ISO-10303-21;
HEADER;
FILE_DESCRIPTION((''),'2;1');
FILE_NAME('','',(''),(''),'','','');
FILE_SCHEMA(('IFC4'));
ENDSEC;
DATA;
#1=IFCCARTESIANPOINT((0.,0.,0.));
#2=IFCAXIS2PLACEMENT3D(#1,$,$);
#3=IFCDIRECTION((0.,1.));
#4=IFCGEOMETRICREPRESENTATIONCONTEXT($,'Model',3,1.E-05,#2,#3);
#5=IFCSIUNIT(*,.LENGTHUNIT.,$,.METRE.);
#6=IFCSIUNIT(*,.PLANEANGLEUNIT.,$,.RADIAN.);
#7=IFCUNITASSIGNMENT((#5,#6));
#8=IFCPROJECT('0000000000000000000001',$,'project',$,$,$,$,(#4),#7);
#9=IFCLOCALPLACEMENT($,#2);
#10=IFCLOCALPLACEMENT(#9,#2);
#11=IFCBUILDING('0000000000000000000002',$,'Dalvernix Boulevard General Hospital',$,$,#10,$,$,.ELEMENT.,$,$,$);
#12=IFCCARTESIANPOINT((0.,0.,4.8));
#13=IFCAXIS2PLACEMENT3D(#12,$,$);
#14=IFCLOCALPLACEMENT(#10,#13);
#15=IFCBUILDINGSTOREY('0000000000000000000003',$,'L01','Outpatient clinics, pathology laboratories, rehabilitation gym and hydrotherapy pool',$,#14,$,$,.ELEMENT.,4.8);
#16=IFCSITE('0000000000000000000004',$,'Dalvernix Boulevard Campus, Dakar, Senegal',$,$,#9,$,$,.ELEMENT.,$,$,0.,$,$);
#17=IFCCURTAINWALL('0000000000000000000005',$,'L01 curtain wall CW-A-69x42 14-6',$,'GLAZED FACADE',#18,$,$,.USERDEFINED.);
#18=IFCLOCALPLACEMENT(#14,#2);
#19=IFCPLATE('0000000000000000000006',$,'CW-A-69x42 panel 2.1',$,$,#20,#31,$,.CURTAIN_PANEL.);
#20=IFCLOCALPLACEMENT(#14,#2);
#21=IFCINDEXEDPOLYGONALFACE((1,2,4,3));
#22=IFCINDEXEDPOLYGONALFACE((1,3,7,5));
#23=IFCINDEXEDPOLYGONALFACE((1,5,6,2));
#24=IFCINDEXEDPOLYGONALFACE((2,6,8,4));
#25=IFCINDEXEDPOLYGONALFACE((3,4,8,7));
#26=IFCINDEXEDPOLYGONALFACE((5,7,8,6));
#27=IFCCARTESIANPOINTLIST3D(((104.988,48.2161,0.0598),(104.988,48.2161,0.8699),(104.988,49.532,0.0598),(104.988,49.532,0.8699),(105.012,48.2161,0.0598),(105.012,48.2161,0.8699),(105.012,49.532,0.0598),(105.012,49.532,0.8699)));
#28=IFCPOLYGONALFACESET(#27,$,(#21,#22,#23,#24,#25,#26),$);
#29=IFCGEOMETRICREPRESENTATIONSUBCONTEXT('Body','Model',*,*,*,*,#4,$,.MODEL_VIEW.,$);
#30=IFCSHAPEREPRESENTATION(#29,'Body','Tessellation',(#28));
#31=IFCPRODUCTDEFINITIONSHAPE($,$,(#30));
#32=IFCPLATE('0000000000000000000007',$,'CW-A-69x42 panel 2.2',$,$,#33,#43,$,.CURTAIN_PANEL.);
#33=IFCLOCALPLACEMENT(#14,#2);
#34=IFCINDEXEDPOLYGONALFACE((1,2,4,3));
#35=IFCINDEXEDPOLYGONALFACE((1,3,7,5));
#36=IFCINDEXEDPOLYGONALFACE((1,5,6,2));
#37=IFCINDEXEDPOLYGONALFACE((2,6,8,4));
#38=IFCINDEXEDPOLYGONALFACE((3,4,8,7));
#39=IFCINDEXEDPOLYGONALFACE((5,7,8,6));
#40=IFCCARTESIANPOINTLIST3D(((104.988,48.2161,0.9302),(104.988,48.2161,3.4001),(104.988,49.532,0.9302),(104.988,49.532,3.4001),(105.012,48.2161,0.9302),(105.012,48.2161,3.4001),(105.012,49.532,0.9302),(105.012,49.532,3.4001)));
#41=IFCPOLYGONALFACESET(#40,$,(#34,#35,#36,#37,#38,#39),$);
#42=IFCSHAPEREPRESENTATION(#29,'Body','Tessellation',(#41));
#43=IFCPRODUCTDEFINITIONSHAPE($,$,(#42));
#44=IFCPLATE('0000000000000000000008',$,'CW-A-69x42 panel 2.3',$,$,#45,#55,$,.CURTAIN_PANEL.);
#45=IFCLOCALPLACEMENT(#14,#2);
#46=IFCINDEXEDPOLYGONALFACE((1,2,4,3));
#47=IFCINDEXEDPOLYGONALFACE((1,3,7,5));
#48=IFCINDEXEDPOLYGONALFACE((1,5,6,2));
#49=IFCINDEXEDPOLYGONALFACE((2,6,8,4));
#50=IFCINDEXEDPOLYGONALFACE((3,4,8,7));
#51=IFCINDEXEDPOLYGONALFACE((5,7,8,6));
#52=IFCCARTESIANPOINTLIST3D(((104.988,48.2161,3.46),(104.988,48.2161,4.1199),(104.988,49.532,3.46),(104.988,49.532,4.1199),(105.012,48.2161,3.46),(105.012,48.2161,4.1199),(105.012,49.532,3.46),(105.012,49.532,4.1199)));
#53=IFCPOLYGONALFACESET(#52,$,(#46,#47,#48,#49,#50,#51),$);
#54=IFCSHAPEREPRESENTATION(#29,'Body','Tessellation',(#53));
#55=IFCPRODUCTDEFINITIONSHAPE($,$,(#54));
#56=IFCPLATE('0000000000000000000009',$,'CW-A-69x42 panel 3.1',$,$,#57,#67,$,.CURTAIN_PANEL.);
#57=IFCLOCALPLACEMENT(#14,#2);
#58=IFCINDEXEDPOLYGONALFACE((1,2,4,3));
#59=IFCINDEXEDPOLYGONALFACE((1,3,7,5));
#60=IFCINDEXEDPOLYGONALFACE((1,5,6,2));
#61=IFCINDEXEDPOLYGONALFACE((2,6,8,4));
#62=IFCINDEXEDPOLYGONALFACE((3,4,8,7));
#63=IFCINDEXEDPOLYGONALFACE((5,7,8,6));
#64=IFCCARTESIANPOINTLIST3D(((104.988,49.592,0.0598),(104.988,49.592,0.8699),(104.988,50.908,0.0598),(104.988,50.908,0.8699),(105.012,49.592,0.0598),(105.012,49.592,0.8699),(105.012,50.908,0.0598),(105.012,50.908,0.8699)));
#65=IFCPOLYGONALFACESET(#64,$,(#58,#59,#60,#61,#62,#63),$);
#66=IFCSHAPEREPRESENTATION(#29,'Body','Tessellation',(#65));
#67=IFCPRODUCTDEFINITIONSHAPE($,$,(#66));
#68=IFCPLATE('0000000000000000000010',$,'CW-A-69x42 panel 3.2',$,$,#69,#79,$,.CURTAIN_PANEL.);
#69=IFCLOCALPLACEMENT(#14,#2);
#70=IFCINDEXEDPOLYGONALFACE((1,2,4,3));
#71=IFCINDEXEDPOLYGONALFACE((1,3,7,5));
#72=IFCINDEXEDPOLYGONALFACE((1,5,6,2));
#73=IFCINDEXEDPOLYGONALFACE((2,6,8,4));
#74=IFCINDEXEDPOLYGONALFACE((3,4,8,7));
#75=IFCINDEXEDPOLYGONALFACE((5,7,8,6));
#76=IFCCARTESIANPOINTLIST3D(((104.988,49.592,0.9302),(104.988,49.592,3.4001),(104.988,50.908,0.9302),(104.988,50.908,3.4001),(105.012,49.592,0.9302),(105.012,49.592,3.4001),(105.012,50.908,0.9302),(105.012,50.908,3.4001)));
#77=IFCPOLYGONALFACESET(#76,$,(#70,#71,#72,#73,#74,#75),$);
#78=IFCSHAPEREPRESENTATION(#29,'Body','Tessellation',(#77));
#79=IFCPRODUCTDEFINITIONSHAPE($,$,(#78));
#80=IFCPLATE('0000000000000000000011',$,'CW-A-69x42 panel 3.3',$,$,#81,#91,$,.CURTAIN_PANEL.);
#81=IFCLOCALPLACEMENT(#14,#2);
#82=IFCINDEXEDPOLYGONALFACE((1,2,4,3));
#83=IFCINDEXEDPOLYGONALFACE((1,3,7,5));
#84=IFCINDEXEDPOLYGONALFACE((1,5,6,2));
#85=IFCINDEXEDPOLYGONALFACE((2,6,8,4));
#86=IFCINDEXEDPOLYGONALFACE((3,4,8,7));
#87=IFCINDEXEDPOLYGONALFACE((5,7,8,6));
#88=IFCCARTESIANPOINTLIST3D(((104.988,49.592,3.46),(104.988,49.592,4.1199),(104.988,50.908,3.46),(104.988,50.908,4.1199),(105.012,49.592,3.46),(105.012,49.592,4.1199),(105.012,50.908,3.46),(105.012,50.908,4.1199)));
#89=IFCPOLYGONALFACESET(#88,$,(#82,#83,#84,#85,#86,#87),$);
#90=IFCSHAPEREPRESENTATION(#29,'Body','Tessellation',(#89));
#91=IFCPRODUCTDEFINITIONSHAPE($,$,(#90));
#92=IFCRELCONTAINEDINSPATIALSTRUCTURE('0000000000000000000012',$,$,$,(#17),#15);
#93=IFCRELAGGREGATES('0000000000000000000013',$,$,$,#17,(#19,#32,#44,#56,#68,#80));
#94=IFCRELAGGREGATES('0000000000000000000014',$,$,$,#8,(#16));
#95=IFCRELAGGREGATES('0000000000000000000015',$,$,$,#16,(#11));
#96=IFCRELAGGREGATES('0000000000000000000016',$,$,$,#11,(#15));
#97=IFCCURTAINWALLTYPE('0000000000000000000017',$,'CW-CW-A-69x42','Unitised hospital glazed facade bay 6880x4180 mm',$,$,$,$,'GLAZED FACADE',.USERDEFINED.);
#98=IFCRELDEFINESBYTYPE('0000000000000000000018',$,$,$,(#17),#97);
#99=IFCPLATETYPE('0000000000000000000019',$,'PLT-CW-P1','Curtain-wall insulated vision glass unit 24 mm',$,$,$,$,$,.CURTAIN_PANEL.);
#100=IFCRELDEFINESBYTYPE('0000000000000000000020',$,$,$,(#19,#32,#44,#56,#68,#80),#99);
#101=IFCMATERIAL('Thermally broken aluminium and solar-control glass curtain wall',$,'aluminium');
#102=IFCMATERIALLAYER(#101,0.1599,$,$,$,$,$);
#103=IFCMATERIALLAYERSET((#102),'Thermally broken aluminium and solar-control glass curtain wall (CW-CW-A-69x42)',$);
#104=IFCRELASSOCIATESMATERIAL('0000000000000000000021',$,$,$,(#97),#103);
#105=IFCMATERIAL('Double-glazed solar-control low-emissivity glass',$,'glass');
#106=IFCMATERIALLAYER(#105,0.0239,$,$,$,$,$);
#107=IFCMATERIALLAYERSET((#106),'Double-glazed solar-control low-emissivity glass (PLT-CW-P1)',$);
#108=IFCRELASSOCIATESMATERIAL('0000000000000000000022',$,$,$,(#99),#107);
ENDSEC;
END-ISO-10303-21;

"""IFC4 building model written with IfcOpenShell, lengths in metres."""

from ifc_helpers import new_model, si_unit, direction, frame, origin, origin_2d, place, context, subcontext, project, spatial, rectangle, extrude, material, layer, layer_set, type_object, element, aggregate, save


model = new_model("IFC4")

# Units and contexts
model_context = context("Model", 3, precision=1e-05, world=origin(), true_north=direction((0.0, 1.0)))
body_context = subcontext(model_context, "Body", "Model", "MODEL_VIEW")
ifc_project = project(units=[si_unit("LENGTHUNIT", "METRE"), si_unit("PLANEANGLEUNIT", "RADIAN")], contexts=[model_context])

# Site, building, storey
site_placement = place(None, origin())
site = spatial("IfcSite", under=ifc_project, at=site_placement, Name="Dalvernix Boulevard Campus, Dakar, Senegal", CompositionType="ELEMENT", RefElevation=0.0)
building_placement = place(site_placement, origin())
building = spatial("IfcBuilding", under=site, at=building_placement, Name="Dalvernix Boulevard General Hospital", CompositionType="ELEMENT")
storey_placement = place(building_placement, frame((0.0, 0.0, 4.8)))
storey = spatial("IfcBuildingStorey", under=building, at=storey_placement, Name="L01", Description="Outpatient clinics, pathology laboratories, rehabilitation gym and hydrotherapy pool", CompositionType="ELEMENT", Elevation=4.8)

# Curtain wall, plates
ifc_material_1 = material(Name="Thermally broken aluminium and solar-control glass curtain wall", Category="aluminium")
ifc_layer_1 = layer(ifc_material_1, 0.1599)
ifc_layer_set_1 = layer_set([ifc_layer_1], Name="Thermally broken aluminium and solar-control glass curtain wall (CW-CW-A-69x42)")
curtain_wall_type = type_object("IfcCurtainWallType", Name="CW-CW-A-69x42", Description="Unitised hospital glazed facade bay 6880x4180 mm", ElementType="GLAZED FACADE", PredefinedType="USERDEFINED", material=ifc_layer_set_1)
curtain_wall_placement = place(storey_placement, origin())
curtain_wall = element("IfcCurtainWall", 1, at=curtain_wall_placement, inside=storey, type_object=curtain_wall_type, Name="L01 curtain wall CW-A-69x42 14-6", ObjectType="GLAZED FACADE", PredefinedType="USERDEFINED")
ifc_material_2 = material(Name="Double-glazed solar-control low-emissivity glass", Category="glass")
ifc_layer_2 = layer(ifc_material_2, 0.0239)
ifc_layer_set_2 = layer_set([ifc_layer_2], Name="Double-glazed solar-control low-emissivity glass (PLT-CW-P1)")
plate_type = type_object("IfcPlateType", Name="PLT-CW-P1", Description="Curtain-wall insulated vision glass unit 24 mm", PredefinedType="CURTAIN_PANEL", material=ifc_layer_set_2)
plate_1_placement = place(storey_placement, frame((105.0, 48.874, 0.0598), z_axis=(0.0, 0.0, 1.0), x_axis=(0.0, 1.0, 0.0)))
plate_1 = element("IfcPlate", 2, at=plate_1_placement, type_object=plate_type, Name="CW-A-69x42 panel 2.1", PredefinedType="CURTAIN_PANEL", context=body_context, shape_type="SweptSolid", body=[
    extrude(rectangle(XDim=1.3159, YDim=0.0239, at=origin_2d()), origin(), (0.0, 0.0, 1.0), 0.8101),
])
plate_2_placement = place(storey_placement, frame((105.0, 48.874, 0.9302), z_axis=(0.0, 0.0, 1.0), x_axis=(0.0, 1.0, 0.0)))
plate_2 = element("IfcPlate", 3, at=plate_2_placement, type_object=plate_type, Name="CW-A-69x42 panel 2.2", PredefinedType="CURTAIN_PANEL", context=body_context, shape_type="SweptSolid", body=[
    extrude(rectangle(XDim=1.3159, YDim=0.0239, at=origin_2d()), origin(), (0.0, 0.0, 1.0), 2.47),
])
plate_3_placement = place(storey_placement, frame((105.0, 48.874, 3.46), z_axis=(0.0, 0.0, 1.0), x_axis=(0.0, 1.0, 0.0)))
plate_3 = element("IfcPlate", 4, at=plate_3_placement, type_object=plate_type, Name="CW-A-69x42 panel 2.3", PredefinedType="CURTAIN_PANEL", context=body_context, shape_type="SweptSolid", body=[
    extrude(rectangle(XDim=1.3159, YDim=0.0239, at=origin_2d()), origin(), (0.0, 0.0, 1.0), 0.6599),
])
plate_4_placement = place(storey_placement, frame((105.0, 50.25, 0.0598), z_axis=(0.0, 0.0, 1.0), x_axis=(0.0, 1.0, 0.0)))
plate_4 = element("IfcPlate", 5, at=plate_4_placement, type_object=plate_type, Name="CW-A-69x42 panel 3.1", PredefinedType="CURTAIN_PANEL", context=body_context, shape_type="SweptSolid", body=[
    extrude(rectangle(XDim=1.3159, YDim=0.0239, at=origin_2d()), origin(), (0.0, 0.0, 1.0), 0.8101),
])
plate_5_placement = place(storey_placement, frame((105.0, 50.25, 0.9302), z_axis=(0.0, 0.0, 1.0), x_axis=(0.0, 1.0, 0.0)))
plate_5 = element("IfcPlate", 6, at=plate_5_placement, type_object=plate_type, Name="CW-A-69x42 panel 3.2", PredefinedType="CURTAIN_PANEL", context=body_context, shape_type="SweptSolid", body=[
    extrude(rectangle(XDim=1.3159, YDim=0.0239, at=origin_2d()), origin(), (0.0, 0.0, 1.0), 2.47),
])
plate_6_placement = place(storey_placement, frame((105.0, 50.25, 3.46), z_axis=(0.0, 0.0, 1.0), x_axis=(0.0, 1.0, 0.0)))
plate_6 = element("IfcPlate", 7, at=plate_6_placement, type_object=plate_type, Name="CW-A-69x42 panel 3.3", PredefinedType="CURTAIN_PANEL", context=body_context, shape_type="SweptSolid", body=[
    extrude(rectangle(XDim=1.3159, YDim=0.0239, at=origin_2d()), origin(), (0.0, 0.0, 1.0), 0.6599),
])
aggregate(curtain_wall, [plate_1, plate_2, plate_3, plate_4, plate_5, plate_6])

save(model, "model.ifc")
